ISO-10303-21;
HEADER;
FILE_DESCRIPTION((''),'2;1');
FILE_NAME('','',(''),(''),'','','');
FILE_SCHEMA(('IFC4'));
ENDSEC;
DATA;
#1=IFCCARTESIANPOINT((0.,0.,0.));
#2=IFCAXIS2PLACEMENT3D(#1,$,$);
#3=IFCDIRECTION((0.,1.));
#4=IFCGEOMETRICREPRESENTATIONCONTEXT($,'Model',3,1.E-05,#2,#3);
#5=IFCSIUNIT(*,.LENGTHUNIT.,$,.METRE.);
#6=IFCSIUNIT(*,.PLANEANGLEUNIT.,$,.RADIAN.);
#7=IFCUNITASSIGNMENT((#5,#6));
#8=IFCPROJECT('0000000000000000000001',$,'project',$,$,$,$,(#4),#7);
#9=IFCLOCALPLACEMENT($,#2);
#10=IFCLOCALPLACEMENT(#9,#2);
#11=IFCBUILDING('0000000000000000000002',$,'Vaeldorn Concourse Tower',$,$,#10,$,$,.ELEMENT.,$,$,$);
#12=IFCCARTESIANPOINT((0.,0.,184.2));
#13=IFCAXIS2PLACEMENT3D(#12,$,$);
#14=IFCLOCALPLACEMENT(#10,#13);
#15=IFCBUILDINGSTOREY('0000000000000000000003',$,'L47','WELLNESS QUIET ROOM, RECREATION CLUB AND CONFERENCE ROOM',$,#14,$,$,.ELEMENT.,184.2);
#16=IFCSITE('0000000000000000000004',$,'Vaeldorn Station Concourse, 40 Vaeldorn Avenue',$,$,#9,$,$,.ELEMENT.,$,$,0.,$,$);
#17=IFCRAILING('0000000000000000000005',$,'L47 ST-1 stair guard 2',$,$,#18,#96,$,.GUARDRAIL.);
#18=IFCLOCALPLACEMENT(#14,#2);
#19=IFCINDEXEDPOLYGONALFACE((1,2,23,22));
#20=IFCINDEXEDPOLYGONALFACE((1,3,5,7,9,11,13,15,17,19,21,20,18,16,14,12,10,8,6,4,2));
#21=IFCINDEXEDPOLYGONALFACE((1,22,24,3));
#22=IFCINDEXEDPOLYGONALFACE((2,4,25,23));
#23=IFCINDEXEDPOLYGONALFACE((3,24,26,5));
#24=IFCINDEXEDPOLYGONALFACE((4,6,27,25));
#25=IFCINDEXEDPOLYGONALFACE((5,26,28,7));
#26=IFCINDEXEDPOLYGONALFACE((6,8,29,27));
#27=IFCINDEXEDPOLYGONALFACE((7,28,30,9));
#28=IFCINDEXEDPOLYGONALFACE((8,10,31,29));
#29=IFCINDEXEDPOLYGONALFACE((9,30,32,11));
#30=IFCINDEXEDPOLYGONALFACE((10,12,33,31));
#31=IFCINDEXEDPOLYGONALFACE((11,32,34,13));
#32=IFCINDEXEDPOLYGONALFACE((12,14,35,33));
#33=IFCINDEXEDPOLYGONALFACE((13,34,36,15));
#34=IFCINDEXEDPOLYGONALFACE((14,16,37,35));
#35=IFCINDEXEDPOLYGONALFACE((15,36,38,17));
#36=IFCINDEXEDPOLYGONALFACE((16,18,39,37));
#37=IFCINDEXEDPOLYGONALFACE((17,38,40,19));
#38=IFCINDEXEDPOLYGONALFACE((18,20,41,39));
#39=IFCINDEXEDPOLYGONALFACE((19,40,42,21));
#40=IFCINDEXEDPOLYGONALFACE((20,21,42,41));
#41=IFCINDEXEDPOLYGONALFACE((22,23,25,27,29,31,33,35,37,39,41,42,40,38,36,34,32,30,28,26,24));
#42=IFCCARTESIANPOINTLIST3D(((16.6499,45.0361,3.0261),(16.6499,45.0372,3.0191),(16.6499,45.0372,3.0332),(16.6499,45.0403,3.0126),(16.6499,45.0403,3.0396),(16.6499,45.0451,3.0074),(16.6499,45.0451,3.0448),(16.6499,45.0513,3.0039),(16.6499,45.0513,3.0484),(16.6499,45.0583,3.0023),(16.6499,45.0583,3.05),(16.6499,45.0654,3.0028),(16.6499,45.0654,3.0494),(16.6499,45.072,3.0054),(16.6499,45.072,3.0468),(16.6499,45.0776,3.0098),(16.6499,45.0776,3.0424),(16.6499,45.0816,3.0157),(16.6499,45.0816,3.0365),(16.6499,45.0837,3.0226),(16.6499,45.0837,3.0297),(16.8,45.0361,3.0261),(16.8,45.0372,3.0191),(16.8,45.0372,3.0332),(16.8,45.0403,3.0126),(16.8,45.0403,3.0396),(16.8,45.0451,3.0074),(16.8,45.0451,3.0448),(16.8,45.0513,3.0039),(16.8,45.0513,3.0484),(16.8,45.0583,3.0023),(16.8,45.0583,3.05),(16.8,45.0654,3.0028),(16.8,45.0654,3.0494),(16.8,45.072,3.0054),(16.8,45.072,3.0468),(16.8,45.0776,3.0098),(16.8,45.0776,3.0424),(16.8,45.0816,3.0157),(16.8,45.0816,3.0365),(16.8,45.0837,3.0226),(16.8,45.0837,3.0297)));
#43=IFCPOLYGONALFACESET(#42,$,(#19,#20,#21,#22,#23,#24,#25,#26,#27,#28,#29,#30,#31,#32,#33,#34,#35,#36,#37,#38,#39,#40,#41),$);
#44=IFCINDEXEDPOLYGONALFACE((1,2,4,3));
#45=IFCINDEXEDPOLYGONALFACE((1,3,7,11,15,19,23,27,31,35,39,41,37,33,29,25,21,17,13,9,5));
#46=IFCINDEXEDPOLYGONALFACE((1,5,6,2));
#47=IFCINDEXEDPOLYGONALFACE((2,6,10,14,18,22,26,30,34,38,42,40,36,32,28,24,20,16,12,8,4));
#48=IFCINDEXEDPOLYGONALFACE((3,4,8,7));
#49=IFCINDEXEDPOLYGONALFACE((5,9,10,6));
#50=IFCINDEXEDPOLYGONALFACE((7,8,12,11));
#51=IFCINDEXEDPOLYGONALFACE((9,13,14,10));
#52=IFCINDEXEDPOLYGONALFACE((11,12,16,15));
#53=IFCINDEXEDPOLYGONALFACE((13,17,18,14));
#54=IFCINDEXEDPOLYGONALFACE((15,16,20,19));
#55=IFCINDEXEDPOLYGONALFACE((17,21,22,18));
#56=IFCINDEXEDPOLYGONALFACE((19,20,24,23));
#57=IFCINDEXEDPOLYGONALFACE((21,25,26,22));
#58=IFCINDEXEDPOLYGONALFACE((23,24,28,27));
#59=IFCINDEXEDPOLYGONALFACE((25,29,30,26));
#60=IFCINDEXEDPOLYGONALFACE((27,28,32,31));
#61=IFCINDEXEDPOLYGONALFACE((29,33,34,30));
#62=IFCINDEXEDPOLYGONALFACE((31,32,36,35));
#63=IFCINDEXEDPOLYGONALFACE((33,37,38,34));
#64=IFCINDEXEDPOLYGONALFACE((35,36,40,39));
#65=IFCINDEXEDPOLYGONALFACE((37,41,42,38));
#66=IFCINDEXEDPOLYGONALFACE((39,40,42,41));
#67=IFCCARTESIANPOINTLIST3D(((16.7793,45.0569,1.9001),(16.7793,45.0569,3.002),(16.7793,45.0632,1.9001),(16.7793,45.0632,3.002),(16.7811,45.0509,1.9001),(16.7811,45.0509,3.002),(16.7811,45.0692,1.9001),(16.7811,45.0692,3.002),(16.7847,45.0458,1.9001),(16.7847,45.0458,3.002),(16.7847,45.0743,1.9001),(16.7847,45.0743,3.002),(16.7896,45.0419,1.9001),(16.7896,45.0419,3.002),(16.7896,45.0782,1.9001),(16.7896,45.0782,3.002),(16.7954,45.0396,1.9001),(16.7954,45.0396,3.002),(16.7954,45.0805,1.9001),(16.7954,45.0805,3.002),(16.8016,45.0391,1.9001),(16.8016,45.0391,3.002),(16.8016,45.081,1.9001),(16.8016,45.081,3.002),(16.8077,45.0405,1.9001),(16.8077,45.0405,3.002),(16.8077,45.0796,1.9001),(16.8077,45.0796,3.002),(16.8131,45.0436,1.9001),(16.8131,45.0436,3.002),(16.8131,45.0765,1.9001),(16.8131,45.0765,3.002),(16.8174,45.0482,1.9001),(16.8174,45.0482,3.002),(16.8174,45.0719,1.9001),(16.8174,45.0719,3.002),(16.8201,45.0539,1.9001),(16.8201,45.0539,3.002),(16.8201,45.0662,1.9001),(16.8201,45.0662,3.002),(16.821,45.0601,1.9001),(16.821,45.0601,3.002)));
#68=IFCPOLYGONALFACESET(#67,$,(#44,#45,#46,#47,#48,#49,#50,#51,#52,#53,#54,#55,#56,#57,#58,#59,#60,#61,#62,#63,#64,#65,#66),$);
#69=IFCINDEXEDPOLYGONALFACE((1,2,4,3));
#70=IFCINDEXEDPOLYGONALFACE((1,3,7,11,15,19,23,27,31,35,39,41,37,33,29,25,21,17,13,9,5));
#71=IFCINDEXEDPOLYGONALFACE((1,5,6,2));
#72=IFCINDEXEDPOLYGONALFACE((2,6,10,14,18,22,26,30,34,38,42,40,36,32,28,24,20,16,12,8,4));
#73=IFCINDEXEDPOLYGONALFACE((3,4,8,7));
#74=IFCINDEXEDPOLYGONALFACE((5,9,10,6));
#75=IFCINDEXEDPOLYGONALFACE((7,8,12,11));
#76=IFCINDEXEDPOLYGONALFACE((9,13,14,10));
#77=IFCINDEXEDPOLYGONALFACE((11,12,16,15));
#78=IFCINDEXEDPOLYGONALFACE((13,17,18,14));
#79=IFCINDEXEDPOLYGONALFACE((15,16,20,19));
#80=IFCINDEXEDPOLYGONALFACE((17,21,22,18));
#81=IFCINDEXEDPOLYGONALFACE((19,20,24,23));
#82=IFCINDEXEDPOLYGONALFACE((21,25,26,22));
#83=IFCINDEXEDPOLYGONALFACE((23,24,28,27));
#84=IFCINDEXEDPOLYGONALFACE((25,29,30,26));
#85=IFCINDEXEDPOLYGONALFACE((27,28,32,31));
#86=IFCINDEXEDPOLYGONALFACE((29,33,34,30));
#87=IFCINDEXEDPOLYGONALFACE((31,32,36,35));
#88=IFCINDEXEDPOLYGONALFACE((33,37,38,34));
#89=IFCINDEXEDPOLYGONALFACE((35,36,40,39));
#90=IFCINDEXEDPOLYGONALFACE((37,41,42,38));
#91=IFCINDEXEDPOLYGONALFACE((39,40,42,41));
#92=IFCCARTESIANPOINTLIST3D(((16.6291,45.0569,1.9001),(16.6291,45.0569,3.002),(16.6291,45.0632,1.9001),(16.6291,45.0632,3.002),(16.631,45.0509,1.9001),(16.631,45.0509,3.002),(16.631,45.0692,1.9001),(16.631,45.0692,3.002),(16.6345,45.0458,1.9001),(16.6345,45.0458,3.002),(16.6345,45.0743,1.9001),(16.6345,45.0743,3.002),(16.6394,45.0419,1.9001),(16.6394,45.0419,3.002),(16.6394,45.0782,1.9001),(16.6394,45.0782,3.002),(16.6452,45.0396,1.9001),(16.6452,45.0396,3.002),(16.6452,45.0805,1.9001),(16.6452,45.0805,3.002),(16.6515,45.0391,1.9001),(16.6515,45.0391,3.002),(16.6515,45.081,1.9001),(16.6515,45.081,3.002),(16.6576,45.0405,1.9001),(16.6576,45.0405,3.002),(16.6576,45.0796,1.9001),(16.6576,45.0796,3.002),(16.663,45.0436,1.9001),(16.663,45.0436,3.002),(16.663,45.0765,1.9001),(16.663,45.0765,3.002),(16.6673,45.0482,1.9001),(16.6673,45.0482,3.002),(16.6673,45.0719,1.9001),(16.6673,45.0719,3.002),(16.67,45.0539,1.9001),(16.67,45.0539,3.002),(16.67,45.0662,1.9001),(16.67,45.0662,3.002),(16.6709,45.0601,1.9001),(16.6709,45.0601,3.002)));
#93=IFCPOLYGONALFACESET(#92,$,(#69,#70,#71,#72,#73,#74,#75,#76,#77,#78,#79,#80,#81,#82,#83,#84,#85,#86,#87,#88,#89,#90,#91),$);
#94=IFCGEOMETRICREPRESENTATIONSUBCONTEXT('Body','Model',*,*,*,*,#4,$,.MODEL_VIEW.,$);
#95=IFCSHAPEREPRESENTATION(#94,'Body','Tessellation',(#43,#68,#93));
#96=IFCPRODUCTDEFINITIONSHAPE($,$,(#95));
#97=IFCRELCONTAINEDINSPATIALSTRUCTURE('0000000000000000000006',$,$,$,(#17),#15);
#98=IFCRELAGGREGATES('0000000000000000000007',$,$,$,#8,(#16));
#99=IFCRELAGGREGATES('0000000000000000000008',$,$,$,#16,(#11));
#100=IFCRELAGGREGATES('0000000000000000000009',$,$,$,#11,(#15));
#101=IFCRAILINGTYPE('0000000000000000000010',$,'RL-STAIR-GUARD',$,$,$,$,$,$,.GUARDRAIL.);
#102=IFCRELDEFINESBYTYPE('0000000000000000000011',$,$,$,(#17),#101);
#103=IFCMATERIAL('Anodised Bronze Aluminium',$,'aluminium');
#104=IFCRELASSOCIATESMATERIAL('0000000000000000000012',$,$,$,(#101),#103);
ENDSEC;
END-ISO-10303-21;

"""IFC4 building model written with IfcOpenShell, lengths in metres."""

from ifc_helpers import new_model, si_unit, direction, frame, origin, origin_2d, place, context, subcontext, project, spatial, circle, extrude, material, type_object, element, save


model = new_model("IFC4")

# Units and contexts
model_context = context("Model", 3, precision=1e-05, world=origin(), true_north=direction((0.0, 1.0)))
body_context = subcontext(model_context, "Body", "Model", "MODEL_VIEW")
ifc_project = project(units=[si_unit("LENGTHUNIT", "METRE"), si_unit("PLANEANGLEUNIT", "RADIAN")], contexts=[model_context])

# Site, building, storey
site_placement = place(None, origin())
site = spatial("IfcSite", under=ifc_project, at=site_placement, Name="Vaeldorn Station Concourse, 40 Vaeldorn Avenue", CompositionType="ELEMENT", RefElevation=0.0)
building_placement = place(site_placement, origin())
building = spatial("IfcBuilding", under=site, at=building_placement, Name="Vaeldorn Concourse Tower", CompositionType="ELEMENT")
storey_placement = place(building_placement, frame((0.0, 0.0, 184.2)))
storey = spatial("IfcBuildingStorey", under=building, at=storey_placement, Name="L47", Description="WELLNESS QUIET ROOM, RECREATION CLUB AND CONFERENCE ROOM", CompositionType="ELEMENT", Elevation=184.2)

# Shared definitions
ifc_material_1 = material(Name="Anodised Bronze Aluminium", Category="aluminium")

# Railing
railing_type_1 = type_object("IfcRailingType", Name="RL-STAIR-GUARD", PredefinedType="GUARDRAIL", material=ifc_material_1)
railing_1_placement = place(storey_placement, frame((16.8, 45.0601, 1.9001)))
element("IfcRailing", 1, at=railing_1_placement, inside=storey, type_object=railing_type_1, Name="L47 ST-1 stair guard 2", PredefinedType="GUARDRAIL", context=body_context, shape_type="SweptSolid", body=[
    extrude(circle(Radius=0.0239, at=origin_2d()), frame((0.0, 0.0, 1.126), z_axis=(-1.0, 0.0, 0.0), x_axis=(0.0, -1.0, 0.0)), (0.0, 0.0, 1.0), 0.1501),
    extrude(circle(Radius=0.021, at=origin_2d()), origin(), (0.0, 0.0, 1.0), 1.1018),
    extrude(circle(Radius=0.021, at=origin_2d()), frame((-0.1501, 0.0, 0.0)), (0.0, 0.0, 1.0), 1.1018),
])

save(model, "model.ifc")
